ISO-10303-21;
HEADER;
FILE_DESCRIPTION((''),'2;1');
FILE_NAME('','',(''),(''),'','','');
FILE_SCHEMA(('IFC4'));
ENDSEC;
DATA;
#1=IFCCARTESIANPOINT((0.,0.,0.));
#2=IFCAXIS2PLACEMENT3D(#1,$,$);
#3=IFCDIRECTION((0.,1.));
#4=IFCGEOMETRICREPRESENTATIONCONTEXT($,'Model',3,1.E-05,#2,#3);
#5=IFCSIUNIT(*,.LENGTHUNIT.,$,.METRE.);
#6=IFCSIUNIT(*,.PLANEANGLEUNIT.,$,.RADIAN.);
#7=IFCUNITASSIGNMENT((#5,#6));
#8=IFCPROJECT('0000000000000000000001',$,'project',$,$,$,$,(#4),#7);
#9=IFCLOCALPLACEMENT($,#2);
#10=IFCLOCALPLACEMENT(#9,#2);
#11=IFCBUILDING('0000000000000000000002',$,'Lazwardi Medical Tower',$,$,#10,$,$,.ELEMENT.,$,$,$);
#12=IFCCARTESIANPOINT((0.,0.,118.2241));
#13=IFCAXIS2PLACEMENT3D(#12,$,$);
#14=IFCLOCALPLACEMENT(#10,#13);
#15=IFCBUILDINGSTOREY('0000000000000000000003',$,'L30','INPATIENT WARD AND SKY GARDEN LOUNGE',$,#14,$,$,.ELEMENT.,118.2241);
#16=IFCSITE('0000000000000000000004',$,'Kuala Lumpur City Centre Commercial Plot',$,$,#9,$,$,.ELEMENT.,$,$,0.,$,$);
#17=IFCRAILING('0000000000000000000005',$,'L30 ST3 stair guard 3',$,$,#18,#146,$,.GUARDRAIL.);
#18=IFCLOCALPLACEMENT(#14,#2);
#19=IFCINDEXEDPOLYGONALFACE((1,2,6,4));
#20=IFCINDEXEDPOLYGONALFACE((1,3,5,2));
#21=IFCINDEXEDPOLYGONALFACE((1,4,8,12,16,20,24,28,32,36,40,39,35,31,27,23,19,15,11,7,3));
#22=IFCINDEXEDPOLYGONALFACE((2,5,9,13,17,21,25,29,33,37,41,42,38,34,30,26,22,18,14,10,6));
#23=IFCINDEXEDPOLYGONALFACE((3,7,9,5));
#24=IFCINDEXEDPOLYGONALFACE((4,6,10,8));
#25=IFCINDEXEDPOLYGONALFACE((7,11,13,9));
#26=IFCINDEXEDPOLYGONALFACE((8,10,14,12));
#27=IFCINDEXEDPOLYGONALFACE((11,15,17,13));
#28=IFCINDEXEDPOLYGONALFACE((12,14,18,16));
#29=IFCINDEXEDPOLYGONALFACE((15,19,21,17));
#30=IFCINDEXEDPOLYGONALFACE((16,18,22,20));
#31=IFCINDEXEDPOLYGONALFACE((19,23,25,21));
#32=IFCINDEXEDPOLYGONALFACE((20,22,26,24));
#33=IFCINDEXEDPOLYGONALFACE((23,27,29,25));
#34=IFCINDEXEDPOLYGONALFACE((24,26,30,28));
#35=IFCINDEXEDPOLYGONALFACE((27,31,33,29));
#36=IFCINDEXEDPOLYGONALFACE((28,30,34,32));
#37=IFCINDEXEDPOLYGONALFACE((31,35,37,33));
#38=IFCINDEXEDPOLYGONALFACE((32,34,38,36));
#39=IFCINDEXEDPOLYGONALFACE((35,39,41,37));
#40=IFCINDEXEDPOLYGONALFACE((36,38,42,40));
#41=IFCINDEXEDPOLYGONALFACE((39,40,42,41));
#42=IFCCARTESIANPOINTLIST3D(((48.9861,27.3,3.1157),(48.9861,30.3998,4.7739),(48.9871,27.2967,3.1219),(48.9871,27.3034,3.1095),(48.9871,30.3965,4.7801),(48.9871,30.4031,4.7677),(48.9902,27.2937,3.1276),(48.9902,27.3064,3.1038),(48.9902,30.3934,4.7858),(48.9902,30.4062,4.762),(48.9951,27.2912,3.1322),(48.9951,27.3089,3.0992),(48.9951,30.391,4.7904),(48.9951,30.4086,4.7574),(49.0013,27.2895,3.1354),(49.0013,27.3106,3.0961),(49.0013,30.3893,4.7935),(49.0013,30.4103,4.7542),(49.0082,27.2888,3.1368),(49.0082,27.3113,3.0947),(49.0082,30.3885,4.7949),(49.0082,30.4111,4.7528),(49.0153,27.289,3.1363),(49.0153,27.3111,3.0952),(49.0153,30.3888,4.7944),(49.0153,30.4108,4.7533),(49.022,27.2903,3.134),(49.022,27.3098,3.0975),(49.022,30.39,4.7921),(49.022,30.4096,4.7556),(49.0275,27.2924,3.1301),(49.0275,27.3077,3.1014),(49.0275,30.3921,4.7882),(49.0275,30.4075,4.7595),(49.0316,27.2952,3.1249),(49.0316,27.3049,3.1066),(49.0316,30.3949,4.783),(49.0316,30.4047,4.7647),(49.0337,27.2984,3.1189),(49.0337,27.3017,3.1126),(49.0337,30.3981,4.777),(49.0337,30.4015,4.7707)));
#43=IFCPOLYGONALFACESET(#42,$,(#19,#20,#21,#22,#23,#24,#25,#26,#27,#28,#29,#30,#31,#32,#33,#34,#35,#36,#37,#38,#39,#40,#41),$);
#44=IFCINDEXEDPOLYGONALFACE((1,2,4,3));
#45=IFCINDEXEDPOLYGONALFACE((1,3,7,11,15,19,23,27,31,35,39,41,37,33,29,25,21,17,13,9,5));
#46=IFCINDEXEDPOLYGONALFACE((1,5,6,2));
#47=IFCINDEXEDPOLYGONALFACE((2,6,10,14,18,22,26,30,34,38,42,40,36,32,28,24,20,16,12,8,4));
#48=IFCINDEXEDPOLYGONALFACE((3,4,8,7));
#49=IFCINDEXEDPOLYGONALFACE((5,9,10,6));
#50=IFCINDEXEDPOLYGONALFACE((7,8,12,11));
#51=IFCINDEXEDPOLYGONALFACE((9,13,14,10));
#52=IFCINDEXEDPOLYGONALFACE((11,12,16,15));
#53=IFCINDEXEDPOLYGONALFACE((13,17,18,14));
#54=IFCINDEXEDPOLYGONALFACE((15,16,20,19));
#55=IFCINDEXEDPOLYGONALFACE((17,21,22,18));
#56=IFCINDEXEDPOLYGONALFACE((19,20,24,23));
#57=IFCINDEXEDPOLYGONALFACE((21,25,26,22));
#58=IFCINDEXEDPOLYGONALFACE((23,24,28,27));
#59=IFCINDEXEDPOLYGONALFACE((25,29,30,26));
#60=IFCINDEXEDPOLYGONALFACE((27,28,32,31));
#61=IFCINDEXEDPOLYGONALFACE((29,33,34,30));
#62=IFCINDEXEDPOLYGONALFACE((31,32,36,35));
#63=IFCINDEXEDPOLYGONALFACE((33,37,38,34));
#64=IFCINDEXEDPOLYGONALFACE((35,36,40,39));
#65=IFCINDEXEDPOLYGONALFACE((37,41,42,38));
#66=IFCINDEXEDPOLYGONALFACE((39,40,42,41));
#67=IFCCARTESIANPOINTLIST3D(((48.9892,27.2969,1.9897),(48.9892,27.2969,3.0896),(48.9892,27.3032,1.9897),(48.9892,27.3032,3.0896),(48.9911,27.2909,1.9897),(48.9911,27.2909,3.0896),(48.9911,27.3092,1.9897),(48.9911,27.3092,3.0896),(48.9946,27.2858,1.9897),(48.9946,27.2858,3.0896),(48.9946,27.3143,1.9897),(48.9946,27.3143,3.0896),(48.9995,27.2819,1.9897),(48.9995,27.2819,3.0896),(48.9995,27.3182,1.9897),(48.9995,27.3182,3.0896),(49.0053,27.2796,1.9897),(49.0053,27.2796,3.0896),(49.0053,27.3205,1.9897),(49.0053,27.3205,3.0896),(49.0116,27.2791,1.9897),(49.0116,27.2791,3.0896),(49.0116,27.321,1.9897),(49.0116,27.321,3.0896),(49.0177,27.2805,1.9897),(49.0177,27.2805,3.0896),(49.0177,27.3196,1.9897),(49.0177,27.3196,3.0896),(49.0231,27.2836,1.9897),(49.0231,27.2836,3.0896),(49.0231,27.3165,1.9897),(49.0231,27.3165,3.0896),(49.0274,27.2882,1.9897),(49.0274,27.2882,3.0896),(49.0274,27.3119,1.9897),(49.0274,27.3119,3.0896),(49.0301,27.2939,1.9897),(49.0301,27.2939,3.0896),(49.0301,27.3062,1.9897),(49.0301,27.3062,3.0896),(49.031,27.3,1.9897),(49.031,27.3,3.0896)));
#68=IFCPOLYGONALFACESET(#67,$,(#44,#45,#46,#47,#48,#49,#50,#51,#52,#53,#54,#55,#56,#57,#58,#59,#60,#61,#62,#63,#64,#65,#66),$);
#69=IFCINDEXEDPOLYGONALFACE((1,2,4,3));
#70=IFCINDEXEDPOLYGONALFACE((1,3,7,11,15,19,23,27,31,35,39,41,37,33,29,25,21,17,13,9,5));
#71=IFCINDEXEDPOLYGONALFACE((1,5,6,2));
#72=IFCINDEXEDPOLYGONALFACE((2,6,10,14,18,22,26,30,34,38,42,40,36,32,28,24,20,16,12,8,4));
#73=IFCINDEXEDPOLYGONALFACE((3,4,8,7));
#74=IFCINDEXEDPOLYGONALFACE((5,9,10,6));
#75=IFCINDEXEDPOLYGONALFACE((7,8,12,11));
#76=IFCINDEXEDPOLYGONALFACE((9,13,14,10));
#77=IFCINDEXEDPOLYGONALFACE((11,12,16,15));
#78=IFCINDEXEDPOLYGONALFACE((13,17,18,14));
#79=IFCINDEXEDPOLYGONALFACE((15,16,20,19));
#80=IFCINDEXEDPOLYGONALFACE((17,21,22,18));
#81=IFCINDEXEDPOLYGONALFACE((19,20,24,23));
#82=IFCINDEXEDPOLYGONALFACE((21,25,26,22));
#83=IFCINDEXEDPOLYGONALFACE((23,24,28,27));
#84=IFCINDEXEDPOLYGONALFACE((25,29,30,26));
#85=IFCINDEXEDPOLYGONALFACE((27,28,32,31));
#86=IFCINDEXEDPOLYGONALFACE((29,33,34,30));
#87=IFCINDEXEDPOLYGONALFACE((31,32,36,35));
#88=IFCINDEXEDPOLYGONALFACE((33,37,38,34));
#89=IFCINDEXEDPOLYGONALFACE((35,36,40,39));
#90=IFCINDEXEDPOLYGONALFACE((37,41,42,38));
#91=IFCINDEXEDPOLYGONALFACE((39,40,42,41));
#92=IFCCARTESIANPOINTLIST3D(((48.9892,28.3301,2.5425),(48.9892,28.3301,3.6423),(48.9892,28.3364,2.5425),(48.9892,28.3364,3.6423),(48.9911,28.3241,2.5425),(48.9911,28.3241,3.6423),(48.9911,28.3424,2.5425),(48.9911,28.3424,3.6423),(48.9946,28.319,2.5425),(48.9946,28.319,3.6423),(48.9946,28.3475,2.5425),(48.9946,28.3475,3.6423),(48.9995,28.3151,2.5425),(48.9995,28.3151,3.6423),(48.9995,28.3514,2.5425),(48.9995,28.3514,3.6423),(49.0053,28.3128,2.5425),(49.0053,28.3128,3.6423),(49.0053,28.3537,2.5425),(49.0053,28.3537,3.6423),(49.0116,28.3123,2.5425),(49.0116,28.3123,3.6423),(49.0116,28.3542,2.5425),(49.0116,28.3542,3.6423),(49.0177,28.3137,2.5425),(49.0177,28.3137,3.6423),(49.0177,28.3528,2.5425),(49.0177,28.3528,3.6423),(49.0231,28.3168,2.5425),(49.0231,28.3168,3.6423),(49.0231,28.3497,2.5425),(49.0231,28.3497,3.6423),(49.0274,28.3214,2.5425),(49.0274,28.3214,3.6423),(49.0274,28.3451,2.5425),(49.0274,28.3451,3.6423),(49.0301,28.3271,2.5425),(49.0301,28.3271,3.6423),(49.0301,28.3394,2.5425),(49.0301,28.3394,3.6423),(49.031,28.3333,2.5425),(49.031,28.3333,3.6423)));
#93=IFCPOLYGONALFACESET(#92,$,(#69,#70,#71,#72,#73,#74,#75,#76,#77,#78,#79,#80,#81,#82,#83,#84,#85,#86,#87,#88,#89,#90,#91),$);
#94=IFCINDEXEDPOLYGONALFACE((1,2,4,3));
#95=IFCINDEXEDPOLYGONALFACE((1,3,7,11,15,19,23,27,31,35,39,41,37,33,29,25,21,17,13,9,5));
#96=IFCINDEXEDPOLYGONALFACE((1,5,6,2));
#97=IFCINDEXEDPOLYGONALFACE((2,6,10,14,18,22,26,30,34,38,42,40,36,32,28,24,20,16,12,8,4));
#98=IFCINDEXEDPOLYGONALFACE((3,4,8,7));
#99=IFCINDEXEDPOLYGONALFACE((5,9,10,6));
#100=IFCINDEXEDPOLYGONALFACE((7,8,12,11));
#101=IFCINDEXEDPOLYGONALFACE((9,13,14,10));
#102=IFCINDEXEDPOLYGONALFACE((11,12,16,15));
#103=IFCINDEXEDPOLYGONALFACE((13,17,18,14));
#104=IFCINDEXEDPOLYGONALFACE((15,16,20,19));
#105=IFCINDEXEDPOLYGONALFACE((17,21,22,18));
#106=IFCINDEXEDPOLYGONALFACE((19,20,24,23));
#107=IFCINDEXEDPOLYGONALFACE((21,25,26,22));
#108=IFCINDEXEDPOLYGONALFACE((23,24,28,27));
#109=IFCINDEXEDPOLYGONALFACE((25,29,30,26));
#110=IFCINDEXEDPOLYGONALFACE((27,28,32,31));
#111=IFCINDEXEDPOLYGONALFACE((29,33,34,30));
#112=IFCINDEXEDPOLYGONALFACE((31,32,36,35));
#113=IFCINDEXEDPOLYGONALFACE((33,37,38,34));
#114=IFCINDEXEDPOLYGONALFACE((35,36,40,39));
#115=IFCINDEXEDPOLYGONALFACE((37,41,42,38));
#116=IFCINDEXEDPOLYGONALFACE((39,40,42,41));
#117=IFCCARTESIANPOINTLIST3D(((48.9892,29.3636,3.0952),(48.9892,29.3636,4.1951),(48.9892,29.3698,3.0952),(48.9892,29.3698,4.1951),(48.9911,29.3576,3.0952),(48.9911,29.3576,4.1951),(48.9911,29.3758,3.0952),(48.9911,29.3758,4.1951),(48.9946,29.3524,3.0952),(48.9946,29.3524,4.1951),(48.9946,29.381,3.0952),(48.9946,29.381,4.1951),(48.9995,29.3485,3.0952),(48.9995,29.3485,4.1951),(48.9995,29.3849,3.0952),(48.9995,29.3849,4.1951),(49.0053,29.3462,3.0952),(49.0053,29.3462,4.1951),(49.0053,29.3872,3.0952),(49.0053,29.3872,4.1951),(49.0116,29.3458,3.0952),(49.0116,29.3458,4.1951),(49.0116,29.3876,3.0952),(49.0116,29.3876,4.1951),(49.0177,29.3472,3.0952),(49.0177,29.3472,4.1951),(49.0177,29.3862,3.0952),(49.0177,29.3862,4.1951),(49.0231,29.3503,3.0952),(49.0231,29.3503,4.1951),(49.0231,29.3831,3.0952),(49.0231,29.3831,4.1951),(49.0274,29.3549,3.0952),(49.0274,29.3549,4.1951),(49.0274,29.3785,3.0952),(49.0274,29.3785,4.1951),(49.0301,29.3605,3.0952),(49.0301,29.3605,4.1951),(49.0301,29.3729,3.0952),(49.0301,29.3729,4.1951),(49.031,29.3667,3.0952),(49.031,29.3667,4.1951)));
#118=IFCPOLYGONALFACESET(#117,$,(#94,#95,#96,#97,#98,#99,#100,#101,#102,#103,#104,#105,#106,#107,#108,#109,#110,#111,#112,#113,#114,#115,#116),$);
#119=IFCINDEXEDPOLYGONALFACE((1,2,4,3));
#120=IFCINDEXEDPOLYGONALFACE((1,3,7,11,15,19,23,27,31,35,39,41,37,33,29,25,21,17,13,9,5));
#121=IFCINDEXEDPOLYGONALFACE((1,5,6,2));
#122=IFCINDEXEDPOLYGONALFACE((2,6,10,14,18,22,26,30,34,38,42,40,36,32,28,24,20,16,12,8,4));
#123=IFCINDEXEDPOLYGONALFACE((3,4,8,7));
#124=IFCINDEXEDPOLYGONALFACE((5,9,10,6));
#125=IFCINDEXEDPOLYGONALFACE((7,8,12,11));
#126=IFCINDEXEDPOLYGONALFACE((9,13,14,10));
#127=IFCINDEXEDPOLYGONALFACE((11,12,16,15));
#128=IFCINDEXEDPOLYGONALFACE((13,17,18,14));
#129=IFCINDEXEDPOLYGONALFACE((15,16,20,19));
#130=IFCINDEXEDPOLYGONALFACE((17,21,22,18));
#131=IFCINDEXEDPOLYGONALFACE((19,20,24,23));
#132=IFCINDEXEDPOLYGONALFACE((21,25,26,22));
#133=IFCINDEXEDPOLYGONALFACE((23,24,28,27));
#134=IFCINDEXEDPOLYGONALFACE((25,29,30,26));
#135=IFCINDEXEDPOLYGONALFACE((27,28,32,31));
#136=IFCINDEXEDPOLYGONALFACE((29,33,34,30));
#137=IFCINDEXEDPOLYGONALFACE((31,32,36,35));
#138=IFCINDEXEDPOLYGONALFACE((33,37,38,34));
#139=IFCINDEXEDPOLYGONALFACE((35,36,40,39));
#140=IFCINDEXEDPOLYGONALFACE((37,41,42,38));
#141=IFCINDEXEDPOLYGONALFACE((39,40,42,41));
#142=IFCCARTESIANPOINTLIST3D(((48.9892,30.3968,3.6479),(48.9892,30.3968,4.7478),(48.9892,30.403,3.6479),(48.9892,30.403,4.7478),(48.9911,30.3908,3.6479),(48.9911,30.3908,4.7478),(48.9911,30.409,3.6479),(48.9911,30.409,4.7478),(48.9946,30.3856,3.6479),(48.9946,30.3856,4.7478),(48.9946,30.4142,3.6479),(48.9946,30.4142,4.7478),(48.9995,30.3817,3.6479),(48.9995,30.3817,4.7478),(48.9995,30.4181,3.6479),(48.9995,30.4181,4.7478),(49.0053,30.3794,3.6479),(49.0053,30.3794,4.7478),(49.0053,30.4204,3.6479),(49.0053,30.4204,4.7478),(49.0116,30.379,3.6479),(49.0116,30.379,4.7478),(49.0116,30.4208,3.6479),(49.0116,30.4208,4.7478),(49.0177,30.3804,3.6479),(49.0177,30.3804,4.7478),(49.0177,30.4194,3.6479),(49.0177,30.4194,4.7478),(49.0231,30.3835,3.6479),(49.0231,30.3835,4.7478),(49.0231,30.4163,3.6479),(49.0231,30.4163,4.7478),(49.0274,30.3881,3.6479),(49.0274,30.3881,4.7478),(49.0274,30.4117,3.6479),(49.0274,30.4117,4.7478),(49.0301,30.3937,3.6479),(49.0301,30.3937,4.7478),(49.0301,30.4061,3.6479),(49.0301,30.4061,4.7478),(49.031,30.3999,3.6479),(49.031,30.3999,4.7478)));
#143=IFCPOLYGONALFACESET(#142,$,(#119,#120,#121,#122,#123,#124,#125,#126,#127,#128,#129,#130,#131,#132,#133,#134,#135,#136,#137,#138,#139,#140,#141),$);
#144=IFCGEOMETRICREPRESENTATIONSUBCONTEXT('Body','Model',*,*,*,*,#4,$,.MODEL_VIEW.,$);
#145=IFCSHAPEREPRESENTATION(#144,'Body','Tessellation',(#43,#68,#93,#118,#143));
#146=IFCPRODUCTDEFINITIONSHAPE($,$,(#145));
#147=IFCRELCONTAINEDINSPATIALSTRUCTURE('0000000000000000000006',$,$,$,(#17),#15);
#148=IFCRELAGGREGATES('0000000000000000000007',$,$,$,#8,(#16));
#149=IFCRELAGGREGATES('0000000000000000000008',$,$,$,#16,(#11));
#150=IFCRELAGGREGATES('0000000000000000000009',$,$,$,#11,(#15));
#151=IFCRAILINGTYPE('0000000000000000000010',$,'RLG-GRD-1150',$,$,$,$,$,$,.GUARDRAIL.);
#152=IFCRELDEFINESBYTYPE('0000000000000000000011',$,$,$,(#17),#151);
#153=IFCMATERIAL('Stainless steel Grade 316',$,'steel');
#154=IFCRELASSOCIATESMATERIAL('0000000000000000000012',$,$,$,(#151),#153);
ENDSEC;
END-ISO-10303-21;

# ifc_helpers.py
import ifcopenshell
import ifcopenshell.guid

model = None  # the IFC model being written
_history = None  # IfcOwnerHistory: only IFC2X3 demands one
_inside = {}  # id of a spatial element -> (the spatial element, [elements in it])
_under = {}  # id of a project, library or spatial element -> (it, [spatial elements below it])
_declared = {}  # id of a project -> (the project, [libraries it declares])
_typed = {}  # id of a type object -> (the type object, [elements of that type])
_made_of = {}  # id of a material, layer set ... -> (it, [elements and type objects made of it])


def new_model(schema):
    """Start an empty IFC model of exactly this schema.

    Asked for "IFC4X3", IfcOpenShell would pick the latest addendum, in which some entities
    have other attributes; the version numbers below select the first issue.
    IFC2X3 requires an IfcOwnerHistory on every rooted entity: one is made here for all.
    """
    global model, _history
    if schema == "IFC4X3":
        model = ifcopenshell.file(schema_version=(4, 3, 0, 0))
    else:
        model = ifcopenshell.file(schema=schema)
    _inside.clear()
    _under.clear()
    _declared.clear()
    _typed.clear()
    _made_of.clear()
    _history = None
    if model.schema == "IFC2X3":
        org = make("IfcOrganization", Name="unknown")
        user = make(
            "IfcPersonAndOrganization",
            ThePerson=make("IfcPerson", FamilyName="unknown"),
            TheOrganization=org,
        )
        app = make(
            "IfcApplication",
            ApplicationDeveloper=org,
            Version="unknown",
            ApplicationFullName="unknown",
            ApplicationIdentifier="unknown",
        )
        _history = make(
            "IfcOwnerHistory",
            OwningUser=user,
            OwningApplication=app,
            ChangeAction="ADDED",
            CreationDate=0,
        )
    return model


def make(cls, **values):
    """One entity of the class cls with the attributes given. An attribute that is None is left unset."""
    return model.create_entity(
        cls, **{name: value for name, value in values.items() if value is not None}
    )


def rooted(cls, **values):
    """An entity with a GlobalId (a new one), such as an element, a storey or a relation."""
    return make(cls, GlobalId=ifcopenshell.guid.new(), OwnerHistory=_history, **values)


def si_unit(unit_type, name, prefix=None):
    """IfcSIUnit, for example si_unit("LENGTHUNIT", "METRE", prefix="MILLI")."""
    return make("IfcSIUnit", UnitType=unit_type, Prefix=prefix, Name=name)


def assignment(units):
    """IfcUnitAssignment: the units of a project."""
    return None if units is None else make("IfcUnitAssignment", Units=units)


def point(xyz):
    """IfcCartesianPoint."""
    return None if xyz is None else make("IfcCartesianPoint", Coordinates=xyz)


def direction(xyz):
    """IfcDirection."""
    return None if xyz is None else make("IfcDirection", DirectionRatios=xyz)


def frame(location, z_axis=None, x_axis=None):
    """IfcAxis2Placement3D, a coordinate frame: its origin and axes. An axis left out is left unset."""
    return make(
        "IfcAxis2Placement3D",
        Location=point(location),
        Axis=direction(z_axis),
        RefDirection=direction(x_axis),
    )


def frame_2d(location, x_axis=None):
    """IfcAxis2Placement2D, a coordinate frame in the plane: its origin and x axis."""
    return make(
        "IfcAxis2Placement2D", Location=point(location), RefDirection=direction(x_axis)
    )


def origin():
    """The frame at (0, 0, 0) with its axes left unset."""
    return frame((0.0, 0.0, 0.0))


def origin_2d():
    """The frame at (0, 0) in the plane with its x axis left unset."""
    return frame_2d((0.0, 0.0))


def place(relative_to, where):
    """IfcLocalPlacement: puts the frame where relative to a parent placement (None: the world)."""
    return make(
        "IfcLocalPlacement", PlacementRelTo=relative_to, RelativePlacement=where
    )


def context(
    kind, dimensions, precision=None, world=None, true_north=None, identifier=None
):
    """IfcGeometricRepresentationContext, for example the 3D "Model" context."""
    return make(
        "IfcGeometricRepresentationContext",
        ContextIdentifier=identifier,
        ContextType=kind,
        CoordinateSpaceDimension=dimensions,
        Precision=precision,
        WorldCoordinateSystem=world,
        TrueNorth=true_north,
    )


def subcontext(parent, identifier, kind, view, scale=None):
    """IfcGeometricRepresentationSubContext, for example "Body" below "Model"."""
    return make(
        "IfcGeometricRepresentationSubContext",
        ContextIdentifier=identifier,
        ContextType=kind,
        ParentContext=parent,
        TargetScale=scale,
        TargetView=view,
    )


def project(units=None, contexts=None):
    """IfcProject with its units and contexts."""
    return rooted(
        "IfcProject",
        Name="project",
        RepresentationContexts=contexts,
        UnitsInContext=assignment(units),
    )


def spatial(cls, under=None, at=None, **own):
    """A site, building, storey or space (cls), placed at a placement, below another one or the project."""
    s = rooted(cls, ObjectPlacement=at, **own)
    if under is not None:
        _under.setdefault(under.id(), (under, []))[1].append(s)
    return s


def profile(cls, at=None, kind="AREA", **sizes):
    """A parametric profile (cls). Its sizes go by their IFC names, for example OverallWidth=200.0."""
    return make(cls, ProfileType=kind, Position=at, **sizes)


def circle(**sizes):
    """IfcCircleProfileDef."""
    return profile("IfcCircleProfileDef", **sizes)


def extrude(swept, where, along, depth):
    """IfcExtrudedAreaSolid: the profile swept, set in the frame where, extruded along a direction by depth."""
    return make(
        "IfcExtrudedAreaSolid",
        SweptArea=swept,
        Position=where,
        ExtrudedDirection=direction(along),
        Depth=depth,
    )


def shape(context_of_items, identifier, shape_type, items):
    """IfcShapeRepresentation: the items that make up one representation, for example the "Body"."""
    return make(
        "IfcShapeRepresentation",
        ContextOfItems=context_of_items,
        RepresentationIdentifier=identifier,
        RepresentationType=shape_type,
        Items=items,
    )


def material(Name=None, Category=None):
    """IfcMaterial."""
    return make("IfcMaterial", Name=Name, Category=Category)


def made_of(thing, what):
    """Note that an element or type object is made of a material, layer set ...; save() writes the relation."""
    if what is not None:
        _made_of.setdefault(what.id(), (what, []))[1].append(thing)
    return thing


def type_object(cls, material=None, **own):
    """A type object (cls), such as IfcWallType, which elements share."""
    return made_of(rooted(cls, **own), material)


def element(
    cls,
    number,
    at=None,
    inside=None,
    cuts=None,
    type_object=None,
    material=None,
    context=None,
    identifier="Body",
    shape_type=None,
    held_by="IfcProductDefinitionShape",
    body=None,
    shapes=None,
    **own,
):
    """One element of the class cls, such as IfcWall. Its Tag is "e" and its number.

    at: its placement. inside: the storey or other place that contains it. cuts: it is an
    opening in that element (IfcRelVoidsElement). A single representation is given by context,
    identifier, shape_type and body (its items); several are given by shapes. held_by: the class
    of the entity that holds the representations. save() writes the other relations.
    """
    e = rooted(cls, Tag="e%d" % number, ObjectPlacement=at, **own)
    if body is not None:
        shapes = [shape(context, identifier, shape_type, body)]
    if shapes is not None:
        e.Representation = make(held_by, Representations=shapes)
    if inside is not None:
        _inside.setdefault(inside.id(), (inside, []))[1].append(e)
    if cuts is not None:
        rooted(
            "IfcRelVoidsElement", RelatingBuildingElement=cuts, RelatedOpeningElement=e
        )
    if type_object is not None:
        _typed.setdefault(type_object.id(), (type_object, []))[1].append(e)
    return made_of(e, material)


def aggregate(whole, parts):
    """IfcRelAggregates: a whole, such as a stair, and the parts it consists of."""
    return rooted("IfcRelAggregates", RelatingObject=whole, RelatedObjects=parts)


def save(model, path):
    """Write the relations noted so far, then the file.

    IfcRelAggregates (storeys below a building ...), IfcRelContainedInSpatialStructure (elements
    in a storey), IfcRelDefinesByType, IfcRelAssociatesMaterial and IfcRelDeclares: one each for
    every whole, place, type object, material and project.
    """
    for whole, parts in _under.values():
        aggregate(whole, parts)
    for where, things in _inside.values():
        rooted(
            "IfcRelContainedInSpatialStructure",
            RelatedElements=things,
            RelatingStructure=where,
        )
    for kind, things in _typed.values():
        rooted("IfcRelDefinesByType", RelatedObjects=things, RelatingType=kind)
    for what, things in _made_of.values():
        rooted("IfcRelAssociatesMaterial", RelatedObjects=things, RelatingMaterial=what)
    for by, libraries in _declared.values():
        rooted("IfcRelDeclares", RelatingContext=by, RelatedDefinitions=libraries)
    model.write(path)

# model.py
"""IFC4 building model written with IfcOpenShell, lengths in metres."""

from ifc_helpers import new_model, si_unit, direction, frame, origin, origin_2d, place, context, subcontext, project, spatial, circle, extrude, material, type_object, element, save


model = new_model("IFC4")

# Units and contexts
model_context = context("Model", 3, precision=1e-05, world=origin(), true_north=direction((0.0, 1.0)))
body_context = subcontext(model_context, "Body", "Model", "MODEL_VIEW")
ifc_project = project(units=[si_unit("LENGTHUNIT", "METRE"), si_unit("PLANEANGLEUNIT", "RADIAN")], contexts=[model_context])

# Site, building, storey
site_placement = place(None, origin())
site = spatial("IfcSite", under=ifc_project, at=site_placement, Name="Kuala Lumpur City Centre Commercial Plot", CompositionType="ELEMENT", RefElevation=0.0)
building_placement = place(site_placement, origin())
building = spatial("IfcBuilding", under=site, at=building_placement, Name="Lazwardi Medical Tower", CompositionType="ELEMENT")
storey_placement = place(building_placement, frame((0.0, 0.0, 118.2241)))
storey = spatial("IfcBuildingStorey", under=building, at=storey_placement, Name="L30", Description="INPATIENT WARD AND SKY GARDEN LOUNGE", CompositionType="ELEMENT", Elevation=118.2241)

# Railing
ifc_material_1 = material(Name="Stainless steel Grade 316", Category="steel")
railing_type_1 = type_object("IfcRailingType", Name="RLG-GRD-1150", PredefinedType="GUARDRAIL", material=ifc_material_1)
railing_1_placement = place(storey_placement, frame((49.01, 27.3, 1.9897)))
element("IfcRailing", 1, at=railing_1_placement, inside=storey, type_object=railing_type_1, Name="L30 ST3 stair guard 3", PredefinedType="GUARDRAIL", context=body_context, shape_type="SweptSolid", body=[
    extrude(circle(Radius=0.0239, at=origin_2d()), frame((0.0, 0.0, 1.126), z_axis=(0.0, 0.881768, 0.471684), x_axis=(-1.0, 0.0, 0.0)), (0.0, 0.0, 1.0), 3.5154),
    extrude(circle(Radius=0.021, at=origin_2d()), origin(), (0.0, 0.0, 1.0), 1.0999),
    extrude(circle(Radius=0.021, at=origin_2d()), frame((0.0, 1.0332, 0.5527)), (0.0, 0.0, 1.0), 1.0999),
    extrude(circle(Radius=0.021, at=origin_2d()), frame((0.0, 2.0667, 1.1055)), (0.0, 0.0, 1.0), 1.0999),
    extrude(circle(Radius=0.021, at=origin_2d()), frame((0.0, 3.0999, 1.6582)), (0.0, 0.0, 1.0), 1.0999),
])

save(model, "model.ifc")
